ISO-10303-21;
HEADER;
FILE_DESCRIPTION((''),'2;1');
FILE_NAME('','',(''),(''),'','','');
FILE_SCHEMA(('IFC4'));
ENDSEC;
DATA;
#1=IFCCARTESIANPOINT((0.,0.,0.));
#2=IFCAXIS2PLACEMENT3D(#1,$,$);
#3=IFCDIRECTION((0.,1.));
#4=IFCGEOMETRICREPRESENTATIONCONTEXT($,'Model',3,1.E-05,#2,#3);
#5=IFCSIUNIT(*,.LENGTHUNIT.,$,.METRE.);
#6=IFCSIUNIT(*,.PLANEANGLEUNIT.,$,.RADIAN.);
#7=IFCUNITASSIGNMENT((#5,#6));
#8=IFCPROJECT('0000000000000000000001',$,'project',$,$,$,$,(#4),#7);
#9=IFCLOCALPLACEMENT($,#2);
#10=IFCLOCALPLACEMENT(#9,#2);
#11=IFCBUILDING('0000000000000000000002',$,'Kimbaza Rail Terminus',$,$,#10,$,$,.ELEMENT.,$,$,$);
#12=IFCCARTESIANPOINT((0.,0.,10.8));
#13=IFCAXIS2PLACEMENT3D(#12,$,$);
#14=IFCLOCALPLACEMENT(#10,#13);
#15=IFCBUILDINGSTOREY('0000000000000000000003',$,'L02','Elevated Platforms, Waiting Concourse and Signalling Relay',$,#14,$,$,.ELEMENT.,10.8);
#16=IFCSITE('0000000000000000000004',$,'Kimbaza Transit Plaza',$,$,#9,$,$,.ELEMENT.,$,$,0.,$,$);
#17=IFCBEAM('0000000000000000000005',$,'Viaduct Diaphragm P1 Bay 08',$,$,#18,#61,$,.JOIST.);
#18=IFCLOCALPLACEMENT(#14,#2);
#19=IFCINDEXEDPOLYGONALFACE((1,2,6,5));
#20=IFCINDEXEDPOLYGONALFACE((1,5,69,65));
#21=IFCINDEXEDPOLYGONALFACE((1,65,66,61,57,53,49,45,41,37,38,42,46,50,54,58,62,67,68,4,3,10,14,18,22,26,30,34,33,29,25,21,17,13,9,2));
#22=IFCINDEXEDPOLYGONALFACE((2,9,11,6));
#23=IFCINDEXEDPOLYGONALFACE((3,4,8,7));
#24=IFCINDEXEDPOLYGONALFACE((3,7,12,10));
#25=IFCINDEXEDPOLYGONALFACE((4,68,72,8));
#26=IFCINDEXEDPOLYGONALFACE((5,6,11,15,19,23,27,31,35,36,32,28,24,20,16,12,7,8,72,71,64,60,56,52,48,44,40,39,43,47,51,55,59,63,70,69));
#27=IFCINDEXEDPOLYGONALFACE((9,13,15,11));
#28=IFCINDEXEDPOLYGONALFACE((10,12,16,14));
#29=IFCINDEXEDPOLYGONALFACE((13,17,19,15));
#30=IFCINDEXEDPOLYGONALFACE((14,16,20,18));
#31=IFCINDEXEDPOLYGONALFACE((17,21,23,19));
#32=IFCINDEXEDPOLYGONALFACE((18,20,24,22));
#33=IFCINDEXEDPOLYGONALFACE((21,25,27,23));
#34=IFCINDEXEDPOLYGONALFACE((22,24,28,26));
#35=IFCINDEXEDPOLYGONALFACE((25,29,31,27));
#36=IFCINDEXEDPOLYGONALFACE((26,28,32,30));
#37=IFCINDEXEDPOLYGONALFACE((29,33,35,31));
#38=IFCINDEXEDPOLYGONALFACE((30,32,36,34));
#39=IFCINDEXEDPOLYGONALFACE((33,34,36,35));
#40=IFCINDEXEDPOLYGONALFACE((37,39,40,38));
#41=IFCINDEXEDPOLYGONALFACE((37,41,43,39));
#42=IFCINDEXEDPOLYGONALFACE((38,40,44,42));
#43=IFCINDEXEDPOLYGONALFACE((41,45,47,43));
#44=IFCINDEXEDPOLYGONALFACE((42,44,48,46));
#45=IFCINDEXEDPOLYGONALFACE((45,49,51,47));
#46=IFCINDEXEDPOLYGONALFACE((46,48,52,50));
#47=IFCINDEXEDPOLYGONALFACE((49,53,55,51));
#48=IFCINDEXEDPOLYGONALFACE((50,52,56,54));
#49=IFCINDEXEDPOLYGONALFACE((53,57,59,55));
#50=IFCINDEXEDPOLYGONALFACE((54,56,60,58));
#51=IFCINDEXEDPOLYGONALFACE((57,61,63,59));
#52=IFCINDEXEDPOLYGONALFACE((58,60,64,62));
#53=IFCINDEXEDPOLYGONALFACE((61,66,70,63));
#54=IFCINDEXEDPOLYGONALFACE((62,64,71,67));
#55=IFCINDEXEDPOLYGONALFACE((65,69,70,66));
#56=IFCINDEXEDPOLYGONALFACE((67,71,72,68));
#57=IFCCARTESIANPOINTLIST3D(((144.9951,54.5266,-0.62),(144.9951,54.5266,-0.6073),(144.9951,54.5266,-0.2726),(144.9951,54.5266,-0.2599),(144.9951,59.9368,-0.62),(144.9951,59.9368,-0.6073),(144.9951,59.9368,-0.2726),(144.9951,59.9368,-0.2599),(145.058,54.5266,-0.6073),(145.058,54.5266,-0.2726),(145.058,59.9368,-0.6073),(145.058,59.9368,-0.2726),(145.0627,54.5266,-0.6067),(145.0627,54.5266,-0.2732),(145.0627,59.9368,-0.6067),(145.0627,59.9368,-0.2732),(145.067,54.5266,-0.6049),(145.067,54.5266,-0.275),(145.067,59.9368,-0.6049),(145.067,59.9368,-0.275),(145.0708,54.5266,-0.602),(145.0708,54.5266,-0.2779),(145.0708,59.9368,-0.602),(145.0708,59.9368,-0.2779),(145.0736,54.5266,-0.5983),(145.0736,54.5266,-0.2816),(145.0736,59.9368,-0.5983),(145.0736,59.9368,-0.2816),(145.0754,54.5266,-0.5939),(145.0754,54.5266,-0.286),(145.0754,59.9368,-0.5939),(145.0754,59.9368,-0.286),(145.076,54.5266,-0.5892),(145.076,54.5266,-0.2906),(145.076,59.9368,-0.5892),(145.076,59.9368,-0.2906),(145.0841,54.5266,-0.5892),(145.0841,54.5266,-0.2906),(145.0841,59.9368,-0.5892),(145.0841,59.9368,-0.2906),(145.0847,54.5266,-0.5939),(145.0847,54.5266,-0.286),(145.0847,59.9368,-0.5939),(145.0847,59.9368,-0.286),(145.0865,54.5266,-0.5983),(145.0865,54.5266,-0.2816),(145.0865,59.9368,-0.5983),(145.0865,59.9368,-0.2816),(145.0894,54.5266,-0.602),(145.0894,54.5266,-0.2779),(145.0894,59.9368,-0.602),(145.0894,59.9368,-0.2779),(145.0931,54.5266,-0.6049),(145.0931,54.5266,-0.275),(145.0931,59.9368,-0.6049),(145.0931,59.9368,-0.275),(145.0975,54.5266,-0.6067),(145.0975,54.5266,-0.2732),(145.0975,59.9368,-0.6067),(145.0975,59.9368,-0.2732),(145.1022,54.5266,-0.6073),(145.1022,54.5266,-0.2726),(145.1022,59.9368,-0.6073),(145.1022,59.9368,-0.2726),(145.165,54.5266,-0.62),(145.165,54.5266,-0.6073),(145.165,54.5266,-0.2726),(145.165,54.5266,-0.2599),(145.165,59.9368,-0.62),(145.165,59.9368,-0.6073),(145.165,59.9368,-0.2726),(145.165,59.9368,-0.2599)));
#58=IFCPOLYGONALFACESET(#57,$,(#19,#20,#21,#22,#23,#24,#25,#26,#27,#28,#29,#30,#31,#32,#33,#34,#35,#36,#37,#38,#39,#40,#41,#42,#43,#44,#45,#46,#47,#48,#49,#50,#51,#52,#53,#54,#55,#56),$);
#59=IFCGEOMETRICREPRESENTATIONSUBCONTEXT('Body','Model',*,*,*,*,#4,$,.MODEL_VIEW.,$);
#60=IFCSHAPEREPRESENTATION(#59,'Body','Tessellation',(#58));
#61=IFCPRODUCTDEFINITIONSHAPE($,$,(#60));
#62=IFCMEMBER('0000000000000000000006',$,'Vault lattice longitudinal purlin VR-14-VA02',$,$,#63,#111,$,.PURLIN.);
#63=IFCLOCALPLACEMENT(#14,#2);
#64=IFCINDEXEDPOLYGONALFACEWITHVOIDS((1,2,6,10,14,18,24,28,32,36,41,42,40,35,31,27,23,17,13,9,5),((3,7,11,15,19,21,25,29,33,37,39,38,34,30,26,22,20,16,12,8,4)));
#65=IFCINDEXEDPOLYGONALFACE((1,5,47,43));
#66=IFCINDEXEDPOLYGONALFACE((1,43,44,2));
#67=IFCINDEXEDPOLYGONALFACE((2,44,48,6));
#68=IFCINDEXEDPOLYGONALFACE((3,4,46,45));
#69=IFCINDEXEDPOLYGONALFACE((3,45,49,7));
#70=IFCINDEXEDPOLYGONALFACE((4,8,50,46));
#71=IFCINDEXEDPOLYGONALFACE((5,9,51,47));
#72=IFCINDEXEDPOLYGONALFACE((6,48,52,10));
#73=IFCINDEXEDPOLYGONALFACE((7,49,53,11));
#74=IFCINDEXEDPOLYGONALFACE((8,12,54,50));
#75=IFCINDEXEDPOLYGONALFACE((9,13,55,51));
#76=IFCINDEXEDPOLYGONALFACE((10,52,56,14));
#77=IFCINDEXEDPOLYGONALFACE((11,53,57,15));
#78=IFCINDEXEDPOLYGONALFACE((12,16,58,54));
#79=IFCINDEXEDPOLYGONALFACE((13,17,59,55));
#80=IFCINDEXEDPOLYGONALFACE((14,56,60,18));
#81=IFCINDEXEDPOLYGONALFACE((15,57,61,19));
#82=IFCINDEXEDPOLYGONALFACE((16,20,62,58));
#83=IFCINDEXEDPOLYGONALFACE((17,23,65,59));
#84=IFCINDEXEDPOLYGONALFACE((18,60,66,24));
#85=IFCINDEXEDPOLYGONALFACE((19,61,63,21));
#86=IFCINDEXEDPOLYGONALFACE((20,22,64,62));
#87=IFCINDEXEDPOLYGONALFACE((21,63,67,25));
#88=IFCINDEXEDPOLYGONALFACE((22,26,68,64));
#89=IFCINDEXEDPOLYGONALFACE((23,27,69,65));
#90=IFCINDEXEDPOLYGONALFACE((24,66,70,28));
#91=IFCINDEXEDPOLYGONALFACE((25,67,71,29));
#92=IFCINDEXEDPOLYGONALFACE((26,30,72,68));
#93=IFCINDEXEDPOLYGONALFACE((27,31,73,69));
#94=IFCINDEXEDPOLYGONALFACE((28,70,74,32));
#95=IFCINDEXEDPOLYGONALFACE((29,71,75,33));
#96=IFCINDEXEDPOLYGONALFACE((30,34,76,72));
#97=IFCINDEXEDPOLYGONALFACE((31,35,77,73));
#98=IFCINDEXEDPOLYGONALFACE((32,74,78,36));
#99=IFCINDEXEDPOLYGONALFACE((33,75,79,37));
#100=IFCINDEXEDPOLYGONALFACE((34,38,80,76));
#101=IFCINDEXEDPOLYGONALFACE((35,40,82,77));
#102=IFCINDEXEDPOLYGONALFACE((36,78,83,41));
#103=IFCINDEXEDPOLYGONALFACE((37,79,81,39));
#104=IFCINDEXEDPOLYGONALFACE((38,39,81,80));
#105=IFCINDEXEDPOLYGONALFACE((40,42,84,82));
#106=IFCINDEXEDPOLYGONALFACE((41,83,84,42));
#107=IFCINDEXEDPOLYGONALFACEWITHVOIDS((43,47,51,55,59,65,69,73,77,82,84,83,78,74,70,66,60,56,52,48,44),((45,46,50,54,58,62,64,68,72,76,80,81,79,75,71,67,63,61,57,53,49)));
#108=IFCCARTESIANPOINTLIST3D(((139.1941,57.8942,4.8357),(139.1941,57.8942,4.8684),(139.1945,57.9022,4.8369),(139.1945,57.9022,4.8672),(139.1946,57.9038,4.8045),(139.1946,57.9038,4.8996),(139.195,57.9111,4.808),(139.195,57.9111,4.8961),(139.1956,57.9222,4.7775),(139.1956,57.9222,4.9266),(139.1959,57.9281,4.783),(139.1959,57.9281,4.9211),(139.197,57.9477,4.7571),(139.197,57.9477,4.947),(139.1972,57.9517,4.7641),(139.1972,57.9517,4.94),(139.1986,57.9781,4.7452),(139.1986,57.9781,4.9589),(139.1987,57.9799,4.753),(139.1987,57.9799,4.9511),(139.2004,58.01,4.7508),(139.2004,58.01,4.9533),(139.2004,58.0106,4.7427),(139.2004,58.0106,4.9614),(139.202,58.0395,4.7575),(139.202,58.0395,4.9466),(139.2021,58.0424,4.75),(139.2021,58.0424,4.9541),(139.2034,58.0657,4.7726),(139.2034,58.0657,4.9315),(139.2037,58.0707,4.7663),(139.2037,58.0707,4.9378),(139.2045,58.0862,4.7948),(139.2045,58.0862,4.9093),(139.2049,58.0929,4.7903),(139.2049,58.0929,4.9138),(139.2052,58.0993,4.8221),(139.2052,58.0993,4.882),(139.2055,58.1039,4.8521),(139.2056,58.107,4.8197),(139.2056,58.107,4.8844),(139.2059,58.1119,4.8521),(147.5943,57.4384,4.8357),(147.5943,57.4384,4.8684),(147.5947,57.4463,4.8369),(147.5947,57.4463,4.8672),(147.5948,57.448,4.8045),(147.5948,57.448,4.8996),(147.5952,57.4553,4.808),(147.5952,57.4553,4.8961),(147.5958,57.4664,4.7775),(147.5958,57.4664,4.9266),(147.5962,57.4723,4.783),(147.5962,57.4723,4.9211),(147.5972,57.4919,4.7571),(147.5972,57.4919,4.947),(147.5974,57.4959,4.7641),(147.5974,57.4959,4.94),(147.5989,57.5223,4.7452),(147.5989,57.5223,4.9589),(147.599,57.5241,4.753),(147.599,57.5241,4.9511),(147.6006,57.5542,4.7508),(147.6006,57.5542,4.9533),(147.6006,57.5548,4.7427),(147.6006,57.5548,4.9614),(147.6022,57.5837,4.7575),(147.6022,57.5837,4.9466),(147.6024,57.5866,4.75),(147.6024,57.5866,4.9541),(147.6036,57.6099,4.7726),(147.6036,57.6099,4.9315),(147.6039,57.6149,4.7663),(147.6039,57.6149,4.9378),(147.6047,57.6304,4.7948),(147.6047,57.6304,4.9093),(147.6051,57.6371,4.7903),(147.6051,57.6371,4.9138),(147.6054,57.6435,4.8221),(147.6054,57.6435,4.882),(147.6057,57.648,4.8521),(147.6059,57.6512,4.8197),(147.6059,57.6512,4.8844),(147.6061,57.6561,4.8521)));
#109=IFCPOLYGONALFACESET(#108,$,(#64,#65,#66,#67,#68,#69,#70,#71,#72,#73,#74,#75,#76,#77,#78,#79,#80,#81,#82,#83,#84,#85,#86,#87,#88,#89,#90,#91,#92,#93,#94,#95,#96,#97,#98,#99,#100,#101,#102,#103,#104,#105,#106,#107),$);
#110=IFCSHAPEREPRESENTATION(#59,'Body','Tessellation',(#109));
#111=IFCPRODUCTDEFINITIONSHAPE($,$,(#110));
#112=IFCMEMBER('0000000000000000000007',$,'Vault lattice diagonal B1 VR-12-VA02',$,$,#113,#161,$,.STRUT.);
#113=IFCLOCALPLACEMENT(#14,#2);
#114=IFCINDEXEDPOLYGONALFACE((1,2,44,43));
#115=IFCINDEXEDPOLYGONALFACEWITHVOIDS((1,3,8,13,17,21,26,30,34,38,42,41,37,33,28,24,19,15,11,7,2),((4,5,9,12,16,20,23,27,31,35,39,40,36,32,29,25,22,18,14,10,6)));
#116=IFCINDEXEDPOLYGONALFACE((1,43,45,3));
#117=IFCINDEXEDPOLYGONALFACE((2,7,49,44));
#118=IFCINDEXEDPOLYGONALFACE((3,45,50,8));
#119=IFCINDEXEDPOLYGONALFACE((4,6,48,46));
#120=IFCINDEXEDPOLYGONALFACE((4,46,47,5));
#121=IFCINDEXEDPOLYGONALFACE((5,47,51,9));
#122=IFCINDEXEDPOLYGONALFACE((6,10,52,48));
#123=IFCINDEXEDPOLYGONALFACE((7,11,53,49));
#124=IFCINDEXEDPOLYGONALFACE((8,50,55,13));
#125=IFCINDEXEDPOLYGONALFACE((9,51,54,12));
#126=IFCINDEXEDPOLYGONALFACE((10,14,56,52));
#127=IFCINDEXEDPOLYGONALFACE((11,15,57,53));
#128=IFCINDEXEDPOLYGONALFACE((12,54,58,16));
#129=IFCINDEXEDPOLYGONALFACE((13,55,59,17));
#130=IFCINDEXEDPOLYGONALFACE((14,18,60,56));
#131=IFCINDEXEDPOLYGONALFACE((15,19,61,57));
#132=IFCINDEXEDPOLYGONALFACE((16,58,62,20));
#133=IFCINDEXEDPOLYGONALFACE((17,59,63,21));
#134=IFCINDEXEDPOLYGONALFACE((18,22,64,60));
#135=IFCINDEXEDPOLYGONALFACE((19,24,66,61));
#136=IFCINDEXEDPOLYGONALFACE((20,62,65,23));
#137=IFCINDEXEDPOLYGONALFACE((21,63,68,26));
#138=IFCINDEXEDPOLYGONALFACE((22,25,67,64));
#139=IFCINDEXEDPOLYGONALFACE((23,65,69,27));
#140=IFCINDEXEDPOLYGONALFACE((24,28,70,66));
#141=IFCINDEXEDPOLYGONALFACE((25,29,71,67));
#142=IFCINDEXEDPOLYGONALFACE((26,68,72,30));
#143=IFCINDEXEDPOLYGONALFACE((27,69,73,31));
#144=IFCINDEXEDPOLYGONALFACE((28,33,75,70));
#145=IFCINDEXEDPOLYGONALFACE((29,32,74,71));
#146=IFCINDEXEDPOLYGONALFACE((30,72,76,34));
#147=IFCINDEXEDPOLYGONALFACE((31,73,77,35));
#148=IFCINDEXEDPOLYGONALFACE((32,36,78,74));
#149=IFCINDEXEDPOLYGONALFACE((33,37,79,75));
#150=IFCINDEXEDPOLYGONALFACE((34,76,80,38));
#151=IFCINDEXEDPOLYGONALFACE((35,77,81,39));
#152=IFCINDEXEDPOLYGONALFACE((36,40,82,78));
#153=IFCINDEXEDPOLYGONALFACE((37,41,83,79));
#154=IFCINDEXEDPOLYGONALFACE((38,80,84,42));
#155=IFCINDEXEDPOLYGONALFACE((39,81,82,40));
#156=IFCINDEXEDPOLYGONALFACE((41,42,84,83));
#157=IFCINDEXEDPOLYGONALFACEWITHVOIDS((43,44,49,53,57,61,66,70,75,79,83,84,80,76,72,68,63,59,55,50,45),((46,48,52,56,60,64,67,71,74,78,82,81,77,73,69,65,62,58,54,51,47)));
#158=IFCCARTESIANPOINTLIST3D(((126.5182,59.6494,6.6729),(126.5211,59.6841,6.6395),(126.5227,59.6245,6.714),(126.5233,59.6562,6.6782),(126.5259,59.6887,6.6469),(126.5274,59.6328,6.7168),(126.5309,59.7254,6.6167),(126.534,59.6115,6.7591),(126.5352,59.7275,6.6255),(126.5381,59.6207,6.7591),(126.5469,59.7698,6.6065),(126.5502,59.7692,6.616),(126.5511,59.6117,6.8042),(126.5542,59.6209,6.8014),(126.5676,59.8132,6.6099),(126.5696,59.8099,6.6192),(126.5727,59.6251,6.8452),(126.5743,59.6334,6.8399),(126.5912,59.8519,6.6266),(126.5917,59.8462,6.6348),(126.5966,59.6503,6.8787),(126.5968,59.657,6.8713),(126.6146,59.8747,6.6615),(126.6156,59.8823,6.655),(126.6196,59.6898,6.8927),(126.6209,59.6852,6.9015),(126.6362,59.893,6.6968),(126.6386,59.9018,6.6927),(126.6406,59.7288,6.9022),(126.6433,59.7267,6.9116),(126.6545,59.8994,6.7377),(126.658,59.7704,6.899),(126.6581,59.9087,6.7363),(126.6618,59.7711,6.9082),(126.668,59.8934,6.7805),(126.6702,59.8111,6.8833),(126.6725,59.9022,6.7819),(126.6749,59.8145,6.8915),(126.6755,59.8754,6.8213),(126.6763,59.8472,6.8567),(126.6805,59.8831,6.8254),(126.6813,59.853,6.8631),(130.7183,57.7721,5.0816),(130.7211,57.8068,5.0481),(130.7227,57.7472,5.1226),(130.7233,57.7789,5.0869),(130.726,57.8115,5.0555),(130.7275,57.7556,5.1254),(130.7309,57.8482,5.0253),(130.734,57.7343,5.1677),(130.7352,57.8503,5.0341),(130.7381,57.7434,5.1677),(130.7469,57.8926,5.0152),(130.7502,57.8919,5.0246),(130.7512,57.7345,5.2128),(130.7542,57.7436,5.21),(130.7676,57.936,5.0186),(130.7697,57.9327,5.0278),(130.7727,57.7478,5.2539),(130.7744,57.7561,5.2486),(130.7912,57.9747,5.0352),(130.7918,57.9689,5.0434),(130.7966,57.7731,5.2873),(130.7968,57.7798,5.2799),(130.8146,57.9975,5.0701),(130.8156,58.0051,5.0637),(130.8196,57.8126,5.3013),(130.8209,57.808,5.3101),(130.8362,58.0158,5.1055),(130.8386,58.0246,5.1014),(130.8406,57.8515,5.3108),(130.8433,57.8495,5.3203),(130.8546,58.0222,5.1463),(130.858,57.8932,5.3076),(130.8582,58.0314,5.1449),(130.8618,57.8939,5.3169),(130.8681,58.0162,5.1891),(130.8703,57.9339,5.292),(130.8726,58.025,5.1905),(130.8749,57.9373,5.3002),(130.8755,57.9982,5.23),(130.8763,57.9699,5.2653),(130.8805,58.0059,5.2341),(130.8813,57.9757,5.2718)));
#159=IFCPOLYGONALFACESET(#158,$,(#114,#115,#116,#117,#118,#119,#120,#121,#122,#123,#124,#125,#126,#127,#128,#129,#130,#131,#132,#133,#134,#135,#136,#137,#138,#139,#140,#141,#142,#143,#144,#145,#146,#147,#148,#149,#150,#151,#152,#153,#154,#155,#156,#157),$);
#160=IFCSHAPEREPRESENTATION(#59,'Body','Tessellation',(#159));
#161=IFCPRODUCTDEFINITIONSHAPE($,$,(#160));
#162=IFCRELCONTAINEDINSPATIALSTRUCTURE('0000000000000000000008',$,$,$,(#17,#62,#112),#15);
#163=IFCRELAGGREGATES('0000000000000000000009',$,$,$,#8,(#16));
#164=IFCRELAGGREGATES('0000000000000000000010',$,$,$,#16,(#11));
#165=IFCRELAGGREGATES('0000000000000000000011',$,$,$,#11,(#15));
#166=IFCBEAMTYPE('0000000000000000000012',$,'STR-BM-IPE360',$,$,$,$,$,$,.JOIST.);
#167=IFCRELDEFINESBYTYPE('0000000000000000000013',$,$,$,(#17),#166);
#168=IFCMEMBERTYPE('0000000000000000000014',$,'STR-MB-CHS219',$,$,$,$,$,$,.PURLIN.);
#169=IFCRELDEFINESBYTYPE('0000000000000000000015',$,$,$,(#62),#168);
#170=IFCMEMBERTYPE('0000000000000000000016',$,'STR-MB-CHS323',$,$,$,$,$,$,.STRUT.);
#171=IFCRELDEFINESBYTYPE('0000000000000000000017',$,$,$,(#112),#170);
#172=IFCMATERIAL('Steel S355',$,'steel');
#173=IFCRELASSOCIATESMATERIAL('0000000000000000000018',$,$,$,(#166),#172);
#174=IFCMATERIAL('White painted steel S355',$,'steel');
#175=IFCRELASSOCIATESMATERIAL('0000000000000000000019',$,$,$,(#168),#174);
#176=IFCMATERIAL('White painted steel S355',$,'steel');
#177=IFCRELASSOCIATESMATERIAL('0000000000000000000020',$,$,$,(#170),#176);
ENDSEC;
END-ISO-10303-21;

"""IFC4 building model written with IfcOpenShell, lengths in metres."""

from ifc_helpers import new_model, si_unit, direction, frame, origin, origin_2d, place, context, subcontext, project, spatial, hollow_circle, i_section, extrude, material, material_profile, profile_set, type_object, element, save


model = new_model("IFC4")

# Units and contexts
model_context = context("Model", 3, precision=1e-05, world=origin(), true_north=direction((0.0, 1.0)))
body_context = subcontext(model_context, "Body", "Model", "MODEL_VIEW")
ifc_project = project(units=[si_unit("LENGTHUNIT", "METRE"), si_unit("PLANEANGLEUNIT", "RADIAN")], contexts=[model_context])

# Site, building, storey
site_placement = place(None, origin())
site = spatial("IfcSite", under=ifc_project, at=site_placement, Name="Kimbaza Transit Plaza", CompositionType="ELEMENT", RefElevation=0.0)
building_placement = place(site_placement, origin())
building = spatial("IfcBuilding", under=site, at=building_placement, Name="Kimbaza Rail Terminus", CompositionType="ELEMENT")
storey_placement = place(building_placement, frame((0.0, 0.0, 10.8)))
storey = spatial("IfcBuildingStorey", under=building, at=storey_placement, Name="L02", Description="Elevated Platforms, Waiting Concourse and Signalling Relay", CompositionType="ELEMENT", Elevation=10.8)

# Beam
ifc_material_1 = material(Name="Steel S355", Category="steel")
ifc_material_profile_1 = material_profile(ifc_material_1, i_section(OverallWidth=0.1699, OverallDepth=0.3601, WebThickness=0.0081, FlangeThickness=0.0127, FilletRadius=0.0181, at=origin_2d()), Name="IPE 360")
ifc_profile_set_1 = profile_set([ifc_material_profile_1], Name="Steel S355")
beam_type_1 = type_object("IfcBeamType", Name="STR-BM-IPE360", PredefinedType="JOIST", material=ifc_profile_set_1)
beam_1_placement = place(storey_placement, frame((145.0801, 54.5266, -0.4399), z_axis=(0.0, 1.0, 0.0), x_axis=(-1.0, 0.0, 0.0)))
element("IfcBeam", 1, at=beam_1_placement, inside=storey, type_object=beam_type_1, Name="Viaduct Diaphragm P1 Bay 08", PredefinedType="JOIST", context=body_context, shape_type="SweptSolid", body=[
    extrude(i_section(OverallWidth=0.1699, OverallDepth=0.3601, WebThickness=0.0081, FlangeThickness=0.0127, FilletRadius=0.0181, at=origin_2d()), origin(), (0.0, 0.0, 1.0), 5.4102),
])

# Members
ifc_material_2 = material(Name="White painted steel S355", Category="steel")
ifc_material_profile_2 = material_profile(ifc_material_2, hollow_circle(Radius=0.1096, WallThickness=0.0081, at=origin_2d()), Name="CHS 219.1x8")
ifc_profile_set_2 = profile_set([ifc_material_profile_2], Name="White painted steel S355")
member_type_1 = type_object("IfcMemberType", Name="STR-MB-CHS219", PredefinedType="PURLIN", material=ifc_profile_set_2)
member_1_placement = place(storey_placement, frame((139.2, 58.0024, 4.8521), z_axis=(0.998531, -0.054183, 0.0), x_axis=(0.054183, 0.998531, 0.0)))
element("IfcMember", 2, at=member_1_placement, inside=storey, type_object=member_type_1, Name="Vault lattice longitudinal purlin VR-14-VA02", PredefinedType="PURLIN", context=body_context, shape_type="SweptSolid", body=[
    extrude(hollow_circle(Radius=0.1096, WallThickness=0.0081, at=origin_2d()), origin(), (0.0, 0.0, 1.0), 8.4126),
])
ifc_material_3 = material(Name="White painted steel S355", Category="steel")
ifc_material_profile_3 = material_profile(ifc_material_3, hollow_circle(Radius=0.1619, WallThickness=0.01, at=origin_2d()), Name="CHS 323.9x10")
ifc_profile_set_3 = profile_set([ifc_material_profile_3], Name="White painted steel S355")
member_type_2 = type_object("IfcMemberType", Name="STR-MB-CHS323", PredefinedType="STRUT", material=ifc_profile_set_3)
member_2_placement = place(storey_placement, frame((130.8, 57.8821, 5.1677), z_axis=(-0.862798, 0.385634, 0.326903), x_axis=(-0.408053, -0.912958, 0.0)))
element("IfcMember", 3, at=member_2_placement, inside=storey, type_object=member_type_2, Name="Vault lattice diagonal B1 VR-12-VA02", PredefinedType="STRUT", context=body_context, shape_type="SweptSolid", body=[
    extrude(hollow_circle(Radius=0.1619, WallThickness=0.01, at=origin_2d()), origin(), (0.0, 0.0, 1.0), 4.8679),
])

save(model, "model.ifc")
